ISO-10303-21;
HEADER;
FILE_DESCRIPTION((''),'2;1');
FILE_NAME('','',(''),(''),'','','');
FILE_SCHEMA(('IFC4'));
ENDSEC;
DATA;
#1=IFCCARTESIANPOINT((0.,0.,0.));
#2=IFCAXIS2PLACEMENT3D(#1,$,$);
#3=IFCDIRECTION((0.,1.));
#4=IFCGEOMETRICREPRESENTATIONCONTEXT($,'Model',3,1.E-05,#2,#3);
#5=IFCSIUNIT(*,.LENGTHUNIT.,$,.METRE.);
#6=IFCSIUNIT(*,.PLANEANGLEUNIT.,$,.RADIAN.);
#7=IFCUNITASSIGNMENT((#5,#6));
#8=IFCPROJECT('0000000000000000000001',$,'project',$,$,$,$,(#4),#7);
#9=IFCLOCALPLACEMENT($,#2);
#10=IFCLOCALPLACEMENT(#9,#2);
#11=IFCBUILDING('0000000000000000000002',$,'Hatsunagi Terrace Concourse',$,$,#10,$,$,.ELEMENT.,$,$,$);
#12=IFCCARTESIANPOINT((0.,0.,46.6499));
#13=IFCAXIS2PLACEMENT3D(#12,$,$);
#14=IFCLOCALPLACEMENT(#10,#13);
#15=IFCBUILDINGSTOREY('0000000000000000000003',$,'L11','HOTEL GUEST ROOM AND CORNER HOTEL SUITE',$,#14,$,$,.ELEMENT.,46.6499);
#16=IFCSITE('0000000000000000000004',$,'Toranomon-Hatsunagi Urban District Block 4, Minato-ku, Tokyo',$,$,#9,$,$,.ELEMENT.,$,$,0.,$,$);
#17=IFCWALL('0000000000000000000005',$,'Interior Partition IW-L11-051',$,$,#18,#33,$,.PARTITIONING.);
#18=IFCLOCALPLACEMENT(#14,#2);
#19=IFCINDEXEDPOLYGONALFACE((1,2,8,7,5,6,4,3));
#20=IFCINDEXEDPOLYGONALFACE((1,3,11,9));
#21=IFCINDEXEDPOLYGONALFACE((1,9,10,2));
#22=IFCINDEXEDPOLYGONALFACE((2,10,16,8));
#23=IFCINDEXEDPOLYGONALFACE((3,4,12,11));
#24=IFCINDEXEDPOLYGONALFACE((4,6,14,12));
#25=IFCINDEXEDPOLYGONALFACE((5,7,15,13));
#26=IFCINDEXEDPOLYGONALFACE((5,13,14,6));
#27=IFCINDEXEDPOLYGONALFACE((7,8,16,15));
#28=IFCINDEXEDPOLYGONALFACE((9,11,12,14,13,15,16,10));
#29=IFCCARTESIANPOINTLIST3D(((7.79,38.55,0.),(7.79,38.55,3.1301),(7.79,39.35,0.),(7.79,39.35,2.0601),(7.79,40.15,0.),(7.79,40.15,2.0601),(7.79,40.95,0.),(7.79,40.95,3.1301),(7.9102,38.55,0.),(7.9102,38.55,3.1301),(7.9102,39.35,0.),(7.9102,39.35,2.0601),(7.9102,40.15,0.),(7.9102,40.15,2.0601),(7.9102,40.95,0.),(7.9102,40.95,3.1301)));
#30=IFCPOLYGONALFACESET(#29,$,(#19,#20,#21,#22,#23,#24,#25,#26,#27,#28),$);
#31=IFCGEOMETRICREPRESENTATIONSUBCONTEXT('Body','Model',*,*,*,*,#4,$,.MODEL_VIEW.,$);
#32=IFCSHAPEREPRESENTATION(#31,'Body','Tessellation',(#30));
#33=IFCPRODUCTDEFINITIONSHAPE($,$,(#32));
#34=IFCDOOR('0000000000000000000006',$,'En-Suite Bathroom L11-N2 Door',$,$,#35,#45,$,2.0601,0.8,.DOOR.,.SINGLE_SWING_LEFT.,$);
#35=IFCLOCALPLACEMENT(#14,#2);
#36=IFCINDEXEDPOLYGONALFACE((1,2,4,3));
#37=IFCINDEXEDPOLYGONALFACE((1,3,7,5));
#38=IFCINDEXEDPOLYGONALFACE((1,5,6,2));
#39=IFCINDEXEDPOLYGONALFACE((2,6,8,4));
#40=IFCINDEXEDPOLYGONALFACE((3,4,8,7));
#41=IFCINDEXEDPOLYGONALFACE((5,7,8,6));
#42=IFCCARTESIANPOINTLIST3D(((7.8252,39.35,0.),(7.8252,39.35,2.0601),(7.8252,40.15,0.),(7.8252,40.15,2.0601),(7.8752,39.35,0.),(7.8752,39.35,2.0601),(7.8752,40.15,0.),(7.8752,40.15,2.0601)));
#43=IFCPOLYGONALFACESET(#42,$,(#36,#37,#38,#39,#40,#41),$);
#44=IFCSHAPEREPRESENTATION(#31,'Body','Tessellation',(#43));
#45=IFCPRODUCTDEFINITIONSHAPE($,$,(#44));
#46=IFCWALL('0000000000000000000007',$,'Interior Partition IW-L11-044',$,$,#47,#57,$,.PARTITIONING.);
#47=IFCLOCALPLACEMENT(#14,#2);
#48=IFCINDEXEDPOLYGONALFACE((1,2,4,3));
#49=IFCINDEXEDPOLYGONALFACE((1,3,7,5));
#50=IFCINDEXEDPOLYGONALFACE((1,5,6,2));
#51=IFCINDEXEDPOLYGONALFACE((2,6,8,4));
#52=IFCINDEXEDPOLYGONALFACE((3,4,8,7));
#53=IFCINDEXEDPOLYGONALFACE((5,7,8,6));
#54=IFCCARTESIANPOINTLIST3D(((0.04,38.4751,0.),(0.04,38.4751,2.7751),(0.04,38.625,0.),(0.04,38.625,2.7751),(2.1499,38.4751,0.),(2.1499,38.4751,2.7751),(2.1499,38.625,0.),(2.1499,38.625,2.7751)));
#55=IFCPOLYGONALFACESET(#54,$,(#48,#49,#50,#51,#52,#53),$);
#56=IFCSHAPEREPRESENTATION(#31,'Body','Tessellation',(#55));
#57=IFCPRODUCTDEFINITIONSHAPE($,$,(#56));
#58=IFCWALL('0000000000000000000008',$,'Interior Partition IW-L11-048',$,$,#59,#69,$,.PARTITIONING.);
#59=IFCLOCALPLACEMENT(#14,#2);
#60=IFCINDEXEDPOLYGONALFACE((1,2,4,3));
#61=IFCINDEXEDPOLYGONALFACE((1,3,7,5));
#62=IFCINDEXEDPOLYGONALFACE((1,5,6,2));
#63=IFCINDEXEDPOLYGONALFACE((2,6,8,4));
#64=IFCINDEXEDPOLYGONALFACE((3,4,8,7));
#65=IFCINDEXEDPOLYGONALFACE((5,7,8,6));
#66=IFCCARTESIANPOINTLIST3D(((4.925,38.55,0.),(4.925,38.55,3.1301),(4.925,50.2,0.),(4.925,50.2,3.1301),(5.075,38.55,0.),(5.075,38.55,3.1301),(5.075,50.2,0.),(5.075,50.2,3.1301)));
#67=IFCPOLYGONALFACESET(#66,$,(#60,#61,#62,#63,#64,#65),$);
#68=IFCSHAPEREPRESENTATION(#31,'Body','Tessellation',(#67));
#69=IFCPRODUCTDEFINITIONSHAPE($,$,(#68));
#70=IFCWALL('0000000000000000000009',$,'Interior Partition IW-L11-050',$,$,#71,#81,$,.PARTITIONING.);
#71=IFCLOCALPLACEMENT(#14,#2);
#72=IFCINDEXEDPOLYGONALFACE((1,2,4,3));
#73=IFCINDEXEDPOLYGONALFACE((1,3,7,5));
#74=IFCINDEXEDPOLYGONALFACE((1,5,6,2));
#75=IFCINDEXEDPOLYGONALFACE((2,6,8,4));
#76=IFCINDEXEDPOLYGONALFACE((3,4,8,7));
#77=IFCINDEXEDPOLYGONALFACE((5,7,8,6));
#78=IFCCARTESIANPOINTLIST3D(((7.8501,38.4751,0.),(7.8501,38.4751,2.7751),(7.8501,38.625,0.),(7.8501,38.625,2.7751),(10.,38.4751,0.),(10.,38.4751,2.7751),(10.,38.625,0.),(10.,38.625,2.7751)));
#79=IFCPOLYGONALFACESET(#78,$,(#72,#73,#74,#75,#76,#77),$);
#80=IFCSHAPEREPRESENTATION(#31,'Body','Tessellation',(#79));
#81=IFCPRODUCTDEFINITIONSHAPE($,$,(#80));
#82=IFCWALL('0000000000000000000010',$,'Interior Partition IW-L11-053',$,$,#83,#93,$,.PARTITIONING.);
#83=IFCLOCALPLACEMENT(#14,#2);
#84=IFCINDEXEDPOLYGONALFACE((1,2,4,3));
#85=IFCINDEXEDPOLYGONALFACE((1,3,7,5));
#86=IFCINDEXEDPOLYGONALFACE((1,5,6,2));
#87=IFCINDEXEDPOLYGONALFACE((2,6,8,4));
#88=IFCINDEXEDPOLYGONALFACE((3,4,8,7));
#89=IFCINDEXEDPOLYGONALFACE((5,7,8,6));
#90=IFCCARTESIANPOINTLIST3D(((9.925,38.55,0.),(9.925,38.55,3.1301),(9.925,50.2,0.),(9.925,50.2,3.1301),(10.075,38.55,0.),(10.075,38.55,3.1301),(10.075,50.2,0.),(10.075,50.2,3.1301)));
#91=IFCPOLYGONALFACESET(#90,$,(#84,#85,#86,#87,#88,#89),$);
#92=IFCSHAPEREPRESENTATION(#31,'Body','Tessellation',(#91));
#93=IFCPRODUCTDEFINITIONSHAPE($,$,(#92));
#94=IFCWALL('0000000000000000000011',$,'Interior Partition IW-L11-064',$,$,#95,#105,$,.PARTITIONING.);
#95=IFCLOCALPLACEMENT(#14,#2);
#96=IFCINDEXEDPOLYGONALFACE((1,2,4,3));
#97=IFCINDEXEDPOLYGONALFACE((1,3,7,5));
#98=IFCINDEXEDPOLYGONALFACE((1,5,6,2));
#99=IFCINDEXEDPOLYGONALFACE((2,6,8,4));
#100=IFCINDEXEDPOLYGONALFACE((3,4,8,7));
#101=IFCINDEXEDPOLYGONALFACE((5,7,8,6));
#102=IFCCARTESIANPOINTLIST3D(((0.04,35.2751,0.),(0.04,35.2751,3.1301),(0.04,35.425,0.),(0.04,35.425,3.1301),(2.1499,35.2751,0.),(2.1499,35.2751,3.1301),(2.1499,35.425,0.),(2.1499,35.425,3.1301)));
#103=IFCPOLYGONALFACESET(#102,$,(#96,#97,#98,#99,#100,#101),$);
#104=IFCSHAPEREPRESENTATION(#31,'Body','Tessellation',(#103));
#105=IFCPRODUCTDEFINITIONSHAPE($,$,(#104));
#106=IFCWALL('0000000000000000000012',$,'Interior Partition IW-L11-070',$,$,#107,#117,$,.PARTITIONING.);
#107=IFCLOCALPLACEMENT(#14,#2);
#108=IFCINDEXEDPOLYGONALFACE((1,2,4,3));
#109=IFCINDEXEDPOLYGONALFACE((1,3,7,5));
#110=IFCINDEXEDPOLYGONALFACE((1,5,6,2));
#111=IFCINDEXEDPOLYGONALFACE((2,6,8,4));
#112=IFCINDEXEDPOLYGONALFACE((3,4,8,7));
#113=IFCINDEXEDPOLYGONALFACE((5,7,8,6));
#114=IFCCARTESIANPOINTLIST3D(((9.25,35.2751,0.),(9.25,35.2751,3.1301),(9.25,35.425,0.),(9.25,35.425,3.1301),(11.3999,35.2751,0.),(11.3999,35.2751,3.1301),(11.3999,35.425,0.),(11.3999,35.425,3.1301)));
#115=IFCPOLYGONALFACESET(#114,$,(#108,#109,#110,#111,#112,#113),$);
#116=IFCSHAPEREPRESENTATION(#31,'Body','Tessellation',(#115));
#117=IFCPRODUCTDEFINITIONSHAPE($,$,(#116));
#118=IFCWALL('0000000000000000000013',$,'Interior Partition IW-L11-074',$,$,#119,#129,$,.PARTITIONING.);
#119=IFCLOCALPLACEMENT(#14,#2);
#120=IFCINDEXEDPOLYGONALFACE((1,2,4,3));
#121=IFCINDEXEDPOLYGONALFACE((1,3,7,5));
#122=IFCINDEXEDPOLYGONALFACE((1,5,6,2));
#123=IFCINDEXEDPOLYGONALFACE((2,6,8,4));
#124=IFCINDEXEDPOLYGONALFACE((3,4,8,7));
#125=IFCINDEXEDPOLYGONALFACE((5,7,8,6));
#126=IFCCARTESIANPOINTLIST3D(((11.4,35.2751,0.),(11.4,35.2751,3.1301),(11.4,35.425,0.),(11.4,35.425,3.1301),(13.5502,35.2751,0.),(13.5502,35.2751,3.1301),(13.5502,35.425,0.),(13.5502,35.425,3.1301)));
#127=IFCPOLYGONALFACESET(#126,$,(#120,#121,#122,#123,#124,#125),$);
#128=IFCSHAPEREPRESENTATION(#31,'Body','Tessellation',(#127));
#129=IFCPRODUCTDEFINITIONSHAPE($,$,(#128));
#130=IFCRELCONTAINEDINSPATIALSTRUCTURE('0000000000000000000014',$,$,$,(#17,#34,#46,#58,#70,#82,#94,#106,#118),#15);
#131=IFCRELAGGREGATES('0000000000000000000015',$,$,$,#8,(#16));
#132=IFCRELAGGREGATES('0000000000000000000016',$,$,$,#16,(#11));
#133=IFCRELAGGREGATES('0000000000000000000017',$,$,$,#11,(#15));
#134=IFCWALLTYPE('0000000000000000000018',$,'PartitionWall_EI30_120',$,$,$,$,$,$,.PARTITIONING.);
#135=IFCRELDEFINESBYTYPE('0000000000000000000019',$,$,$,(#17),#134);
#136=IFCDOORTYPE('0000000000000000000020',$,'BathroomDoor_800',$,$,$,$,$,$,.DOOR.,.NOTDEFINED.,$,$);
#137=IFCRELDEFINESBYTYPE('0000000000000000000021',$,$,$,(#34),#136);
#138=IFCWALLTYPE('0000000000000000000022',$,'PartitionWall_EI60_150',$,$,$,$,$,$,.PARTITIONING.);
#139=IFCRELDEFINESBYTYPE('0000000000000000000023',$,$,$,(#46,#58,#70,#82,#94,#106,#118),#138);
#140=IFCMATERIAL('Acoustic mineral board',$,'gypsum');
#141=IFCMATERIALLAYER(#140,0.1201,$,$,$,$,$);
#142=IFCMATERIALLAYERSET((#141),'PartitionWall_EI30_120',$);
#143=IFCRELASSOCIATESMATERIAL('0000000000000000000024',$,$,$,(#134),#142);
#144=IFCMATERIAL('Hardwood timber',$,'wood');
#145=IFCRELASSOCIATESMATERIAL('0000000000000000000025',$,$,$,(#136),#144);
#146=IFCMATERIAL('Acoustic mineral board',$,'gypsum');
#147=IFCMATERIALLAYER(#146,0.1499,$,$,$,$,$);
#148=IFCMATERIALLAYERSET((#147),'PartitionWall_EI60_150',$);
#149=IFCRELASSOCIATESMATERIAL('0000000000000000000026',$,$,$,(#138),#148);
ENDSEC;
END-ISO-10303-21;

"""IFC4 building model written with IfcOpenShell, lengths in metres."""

from ifc_helpers import new_model, si_unit, direction, frame, frame_2d, origin, place, context, subcontext, project, spatial, rectangle, extrude, material, layer, layer_set, type_object, element, fill, save


model = new_model("IFC4")

# Units and contexts
model_context = context("Model", 3, precision=1e-05, world=origin(), true_north=direction((0.0, 1.0)))
body_context = subcontext(model_context, "Body", "Model", "MODEL_VIEW")
ifc_project = project(units=[si_unit("LENGTHUNIT", "METRE"), si_unit("PLANEANGLEUNIT", "RADIAN")], contexts=[model_context])

# Site, building, storey
site_placement = place(None, origin())
site = spatial("IfcSite", under=ifc_project, at=site_placement, Name="Toranomon-Hatsunagi Urban District Block 4, Minato-ku, Tokyo", CompositionType="ELEMENT", RefElevation=0.0)
building_placement = place(site_placement, origin())
building = spatial("IfcBuilding", under=site, at=building_placement, Name="Hatsunagi Terrace Concourse", CompositionType="ELEMENT")
storey_placement = place(building_placement, frame((0.0, 0.0, 46.6499)))
storey = spatial("IfcBuildingStorey", under=building, at=storey_placement, Name="L11", Description="HOTEL GUEST ROOM AND CORNER HOTEL SUITE", CompositionType="ELEMENT", Elevation=46.6499)

# Wall, opening, door
ifc_material_1 = material(Name="Acoustic mineral board", Category="gypsum")
ifc_layer_1 = layer(ifc_material_1, 0.1201)
ifc_layer_set_1 = layer_set([ifc_layer_1], Name="PartitionWall_EI30_120")
wall_type_1 = type_object("IfcWallType", Name="PartitionWall_EI30_120", PredefinedType="PARTITIONING", material=ifc_layer_set_1)
ifc_material_2 = material(Name="Hardwood timber", Category="wood")
door_type_1 = type_object("IfcDoorType", Name="BathroomDoor_800", OperationType="NOTDEFINED", PredefinedType="DOOR", material=ifc_material_2)
wall_1_placement = place(storey_placement, frame((7.8501, 38.55, 0.0), z_axis=(0.0, 0.0, 1.0), x_axis=(0.0, 1.0, 0.0)))
wall_1 = element("IfcWall", 1, at=wall_1_placement, inside=storey, type_object=wall_type_1, Name="Interior Partition IW-L11-051", PredefinedType="PARTITIONING", context=body_context, shape_type="SweptSolid", body=[
    extrude(rectangle(XDim=2.3999, YDim=0.1201, at=frame_2d((1.2, 0.0))), origin(), (0.0, 0.0, 1.0), 3.1301),
])
opening_1_placement = place(wall_1_placement, frame((0.8, 0.0, 0.0)))
opening_1 = element("IfcOpeningElement", 2, at=opening_1_placement, cuts=wall_1, PredefinedType="OPENING", context=body_context, shape_type="SweptSolid", body=[
    extrude(rectangle(XDim=0.8, YDim=2.0601, at=frame_2d((0.3999, 1.03))), frame((0.0, 0.0701, 0.0), z_axis=(0.0, -1.0, 0.0), x_axis=(1.0, 0.0, 0.0)), (0.0, 0.0, 1.0), 0.1401),
])
door_1_placement = place(opening_1_placement, origin())
door_1 = element("IfcDoor", 3, at=door_1_placement, inside=storey, type_object=door_type_1, Name="En-Suite Bathroom L11-N2 Door", OperationType="SINGLE_SWING_LEFT", OverallHeight=2.0601, OverallWidth=0.8, PredefinedType="DOOR", context=body_context, shape_type="SweptSolid", body=[
    extrude(rectangle(XDim=0.8, YDim=2.0601, at=frame_2d((0.3999, 1.03))), frame((0.0, 0.0249, 0.0), z_axis=(0.0, -1.0, 0.0), x_axis=(1.0, 0.0, 0.0)), (0.0, 0.0, 1.0), 0.05),
])
fill(opening_1, door_1)

# Wall
ifc_material_3 = material(Name="Acoustic mineral board", Category="gypsum")
ifc_layer_2 = layer(ifc_material_3, 0.1499)
ifc_layer_set_2 = layer_set([ifc_layer_2], Name="PartitionWall_EI60_150")
wall_type_2 = type_object("IfcWallType", Name="PartitionWall_EI60_150", PredefinedType="PARTITIONING", material=ifc_layer_set_2)
wall_2_placement = place(storey_placement, frame((0.04, 38.55, 0.0), z_axis=(0.0, 0.0, 1.0), x_axis=(1.0, 0.0, 0.0)))
element("IfcWall", 4, at=wall_2_placement, inside=storey, type_object=wall_type_2, Name="Interior Partition IW-L11-044", PredefinedType="PARTITIONING", context=body_context, shape_type="SweptSolid", body=[
    extrude(rectangle(XDim=2.1099, YDim=0.1499, at=frame_2d((1.0549, 0.0))), origin(), (0.0, 0.0, 1.0), 2.7751),
])

# Wall
wall_3_placement = place(storey_placement, frame((5.0, 38.55, 0.0), z_axis=(0.0, 0.0, 1.0), x_axis=(0.0, 1.0, 0.0)))
element("IfcWall", 5, at=wall_3_placement, inside=storey, type_object=wall_type_2, Name="Interior Partition IW-L11-048", PredefinedType="PARTITIONING", context=body_context, shape_type="SweptSolid", body=[
    extrude(rectangle(XDim=11.6499, YDim=0.1499, at=frame_2d((5.825, 0.0))), origin(), (0.0, 0.0, 1.0), 3.1301),
])

# Walls
wall_4_placement = place(storey_placement, frame((7.8501, 38.55, 0.0), z_axis=(0.0, 0.0, 1.0), x_axis=(1.0, 0.0, 0.0)))
element("IfcWall", 6, at=wall_4_placement, inside=storey, type_object=wall_type_2, Name="Interior Partition IW-L11-050", PredefinedType="PARTITIONING", context=body_context, shape_type="SweptSolid", body=[
    extrude(rectangle(XDim=2.1499, YDim=0.1499, at=frame_2d((1.075, 0.0))), origin(), (0.0, 0.0, 1.0), 2.7751),
])
wall_5_placement = place(storey_placement, frame((10.0, 38.55, 0.0), z_axis=(0.0, 0.0, 1.0), x_axis=(0.0, 1.0, 0.0)))
element("IfcWall", 7, at=wall_5_placement, inside=storey, type_object=wall_type_2, Name="Interior Partition IW-L11-053", PredefinedType="PARTITIONING", context=body_context, shape_type="SweptSolid", body=[
    extrude(rectangle(XDim=11.6499, YDim=0.1499, at=frame_2d((5.825, 0.0))), origin(), (0.0, 0.0, 1.0), 3.1301),
])
wall_6_placement = place(storey_placement, frame((0.04, 35.3501, 0.0), z_axis=(0.0, 0.0, 1.0), x_axis=(1.0, 0.0, 0.0)))
element("IfcWall", 8, at=wall_6_placement, inside=storey, type_object=wall_type_2, Name="Interior Partition IW-L11-064", PredefinedType="PARTITIONING", context=body_context, shape_type="SweptSolid", body=[
    extrude(rectangle(XDim=2.1099, YDim=0.1499, at=frame_2d((1.0549, 0.0))), origin(), (0.0, 0.0, 1.0), 3.1301),
])

# Walls
wall_7_placement = place(storey_placement, frame((9.25, 35.3501, 0.0), z_axis=(0.0, 0.0, 1.0), x_axis=(1.0, 0.0, 0.0)))
element("IfcWall", 9, at=wall_7_placement, inside=storey, type_object=wall_type_2, Name="Interior Partition IW-L11-070", PredefinedType="PARTITIONING", context=body_context, shape_type="SweptSolid", body=[
    extrude(rectangle(XDim=2.1499, YDim=0.1499, at=frame_2d((1.075, 0.0))), origin(), (0.0, 0.0, 1.0), 3.1301),
])
wall_8_placement = place(storey_placement, frame((11.3999, 35.3501, 0.0), z_axis=(0.0, 0.0, 1.0), x_axis=(1.0, 0.0, 0.0)))
element("IfcWall", 10, at=wall_8_placement, inside=storey, type_object=wall_type_2, Name="Interior Partition IW-L11-074", PredefinedType="PARTITIONING", context=body_context, shape_type="SweptSolid", body=[
    extrude(rectangle(XDim=2.1501, YDim=0.1499, at=frame_2d((1.0752, 0.0))), origin(), (0.0, 0.0, 1.0), 3.1301),
])

save(model, "model.ifc")
